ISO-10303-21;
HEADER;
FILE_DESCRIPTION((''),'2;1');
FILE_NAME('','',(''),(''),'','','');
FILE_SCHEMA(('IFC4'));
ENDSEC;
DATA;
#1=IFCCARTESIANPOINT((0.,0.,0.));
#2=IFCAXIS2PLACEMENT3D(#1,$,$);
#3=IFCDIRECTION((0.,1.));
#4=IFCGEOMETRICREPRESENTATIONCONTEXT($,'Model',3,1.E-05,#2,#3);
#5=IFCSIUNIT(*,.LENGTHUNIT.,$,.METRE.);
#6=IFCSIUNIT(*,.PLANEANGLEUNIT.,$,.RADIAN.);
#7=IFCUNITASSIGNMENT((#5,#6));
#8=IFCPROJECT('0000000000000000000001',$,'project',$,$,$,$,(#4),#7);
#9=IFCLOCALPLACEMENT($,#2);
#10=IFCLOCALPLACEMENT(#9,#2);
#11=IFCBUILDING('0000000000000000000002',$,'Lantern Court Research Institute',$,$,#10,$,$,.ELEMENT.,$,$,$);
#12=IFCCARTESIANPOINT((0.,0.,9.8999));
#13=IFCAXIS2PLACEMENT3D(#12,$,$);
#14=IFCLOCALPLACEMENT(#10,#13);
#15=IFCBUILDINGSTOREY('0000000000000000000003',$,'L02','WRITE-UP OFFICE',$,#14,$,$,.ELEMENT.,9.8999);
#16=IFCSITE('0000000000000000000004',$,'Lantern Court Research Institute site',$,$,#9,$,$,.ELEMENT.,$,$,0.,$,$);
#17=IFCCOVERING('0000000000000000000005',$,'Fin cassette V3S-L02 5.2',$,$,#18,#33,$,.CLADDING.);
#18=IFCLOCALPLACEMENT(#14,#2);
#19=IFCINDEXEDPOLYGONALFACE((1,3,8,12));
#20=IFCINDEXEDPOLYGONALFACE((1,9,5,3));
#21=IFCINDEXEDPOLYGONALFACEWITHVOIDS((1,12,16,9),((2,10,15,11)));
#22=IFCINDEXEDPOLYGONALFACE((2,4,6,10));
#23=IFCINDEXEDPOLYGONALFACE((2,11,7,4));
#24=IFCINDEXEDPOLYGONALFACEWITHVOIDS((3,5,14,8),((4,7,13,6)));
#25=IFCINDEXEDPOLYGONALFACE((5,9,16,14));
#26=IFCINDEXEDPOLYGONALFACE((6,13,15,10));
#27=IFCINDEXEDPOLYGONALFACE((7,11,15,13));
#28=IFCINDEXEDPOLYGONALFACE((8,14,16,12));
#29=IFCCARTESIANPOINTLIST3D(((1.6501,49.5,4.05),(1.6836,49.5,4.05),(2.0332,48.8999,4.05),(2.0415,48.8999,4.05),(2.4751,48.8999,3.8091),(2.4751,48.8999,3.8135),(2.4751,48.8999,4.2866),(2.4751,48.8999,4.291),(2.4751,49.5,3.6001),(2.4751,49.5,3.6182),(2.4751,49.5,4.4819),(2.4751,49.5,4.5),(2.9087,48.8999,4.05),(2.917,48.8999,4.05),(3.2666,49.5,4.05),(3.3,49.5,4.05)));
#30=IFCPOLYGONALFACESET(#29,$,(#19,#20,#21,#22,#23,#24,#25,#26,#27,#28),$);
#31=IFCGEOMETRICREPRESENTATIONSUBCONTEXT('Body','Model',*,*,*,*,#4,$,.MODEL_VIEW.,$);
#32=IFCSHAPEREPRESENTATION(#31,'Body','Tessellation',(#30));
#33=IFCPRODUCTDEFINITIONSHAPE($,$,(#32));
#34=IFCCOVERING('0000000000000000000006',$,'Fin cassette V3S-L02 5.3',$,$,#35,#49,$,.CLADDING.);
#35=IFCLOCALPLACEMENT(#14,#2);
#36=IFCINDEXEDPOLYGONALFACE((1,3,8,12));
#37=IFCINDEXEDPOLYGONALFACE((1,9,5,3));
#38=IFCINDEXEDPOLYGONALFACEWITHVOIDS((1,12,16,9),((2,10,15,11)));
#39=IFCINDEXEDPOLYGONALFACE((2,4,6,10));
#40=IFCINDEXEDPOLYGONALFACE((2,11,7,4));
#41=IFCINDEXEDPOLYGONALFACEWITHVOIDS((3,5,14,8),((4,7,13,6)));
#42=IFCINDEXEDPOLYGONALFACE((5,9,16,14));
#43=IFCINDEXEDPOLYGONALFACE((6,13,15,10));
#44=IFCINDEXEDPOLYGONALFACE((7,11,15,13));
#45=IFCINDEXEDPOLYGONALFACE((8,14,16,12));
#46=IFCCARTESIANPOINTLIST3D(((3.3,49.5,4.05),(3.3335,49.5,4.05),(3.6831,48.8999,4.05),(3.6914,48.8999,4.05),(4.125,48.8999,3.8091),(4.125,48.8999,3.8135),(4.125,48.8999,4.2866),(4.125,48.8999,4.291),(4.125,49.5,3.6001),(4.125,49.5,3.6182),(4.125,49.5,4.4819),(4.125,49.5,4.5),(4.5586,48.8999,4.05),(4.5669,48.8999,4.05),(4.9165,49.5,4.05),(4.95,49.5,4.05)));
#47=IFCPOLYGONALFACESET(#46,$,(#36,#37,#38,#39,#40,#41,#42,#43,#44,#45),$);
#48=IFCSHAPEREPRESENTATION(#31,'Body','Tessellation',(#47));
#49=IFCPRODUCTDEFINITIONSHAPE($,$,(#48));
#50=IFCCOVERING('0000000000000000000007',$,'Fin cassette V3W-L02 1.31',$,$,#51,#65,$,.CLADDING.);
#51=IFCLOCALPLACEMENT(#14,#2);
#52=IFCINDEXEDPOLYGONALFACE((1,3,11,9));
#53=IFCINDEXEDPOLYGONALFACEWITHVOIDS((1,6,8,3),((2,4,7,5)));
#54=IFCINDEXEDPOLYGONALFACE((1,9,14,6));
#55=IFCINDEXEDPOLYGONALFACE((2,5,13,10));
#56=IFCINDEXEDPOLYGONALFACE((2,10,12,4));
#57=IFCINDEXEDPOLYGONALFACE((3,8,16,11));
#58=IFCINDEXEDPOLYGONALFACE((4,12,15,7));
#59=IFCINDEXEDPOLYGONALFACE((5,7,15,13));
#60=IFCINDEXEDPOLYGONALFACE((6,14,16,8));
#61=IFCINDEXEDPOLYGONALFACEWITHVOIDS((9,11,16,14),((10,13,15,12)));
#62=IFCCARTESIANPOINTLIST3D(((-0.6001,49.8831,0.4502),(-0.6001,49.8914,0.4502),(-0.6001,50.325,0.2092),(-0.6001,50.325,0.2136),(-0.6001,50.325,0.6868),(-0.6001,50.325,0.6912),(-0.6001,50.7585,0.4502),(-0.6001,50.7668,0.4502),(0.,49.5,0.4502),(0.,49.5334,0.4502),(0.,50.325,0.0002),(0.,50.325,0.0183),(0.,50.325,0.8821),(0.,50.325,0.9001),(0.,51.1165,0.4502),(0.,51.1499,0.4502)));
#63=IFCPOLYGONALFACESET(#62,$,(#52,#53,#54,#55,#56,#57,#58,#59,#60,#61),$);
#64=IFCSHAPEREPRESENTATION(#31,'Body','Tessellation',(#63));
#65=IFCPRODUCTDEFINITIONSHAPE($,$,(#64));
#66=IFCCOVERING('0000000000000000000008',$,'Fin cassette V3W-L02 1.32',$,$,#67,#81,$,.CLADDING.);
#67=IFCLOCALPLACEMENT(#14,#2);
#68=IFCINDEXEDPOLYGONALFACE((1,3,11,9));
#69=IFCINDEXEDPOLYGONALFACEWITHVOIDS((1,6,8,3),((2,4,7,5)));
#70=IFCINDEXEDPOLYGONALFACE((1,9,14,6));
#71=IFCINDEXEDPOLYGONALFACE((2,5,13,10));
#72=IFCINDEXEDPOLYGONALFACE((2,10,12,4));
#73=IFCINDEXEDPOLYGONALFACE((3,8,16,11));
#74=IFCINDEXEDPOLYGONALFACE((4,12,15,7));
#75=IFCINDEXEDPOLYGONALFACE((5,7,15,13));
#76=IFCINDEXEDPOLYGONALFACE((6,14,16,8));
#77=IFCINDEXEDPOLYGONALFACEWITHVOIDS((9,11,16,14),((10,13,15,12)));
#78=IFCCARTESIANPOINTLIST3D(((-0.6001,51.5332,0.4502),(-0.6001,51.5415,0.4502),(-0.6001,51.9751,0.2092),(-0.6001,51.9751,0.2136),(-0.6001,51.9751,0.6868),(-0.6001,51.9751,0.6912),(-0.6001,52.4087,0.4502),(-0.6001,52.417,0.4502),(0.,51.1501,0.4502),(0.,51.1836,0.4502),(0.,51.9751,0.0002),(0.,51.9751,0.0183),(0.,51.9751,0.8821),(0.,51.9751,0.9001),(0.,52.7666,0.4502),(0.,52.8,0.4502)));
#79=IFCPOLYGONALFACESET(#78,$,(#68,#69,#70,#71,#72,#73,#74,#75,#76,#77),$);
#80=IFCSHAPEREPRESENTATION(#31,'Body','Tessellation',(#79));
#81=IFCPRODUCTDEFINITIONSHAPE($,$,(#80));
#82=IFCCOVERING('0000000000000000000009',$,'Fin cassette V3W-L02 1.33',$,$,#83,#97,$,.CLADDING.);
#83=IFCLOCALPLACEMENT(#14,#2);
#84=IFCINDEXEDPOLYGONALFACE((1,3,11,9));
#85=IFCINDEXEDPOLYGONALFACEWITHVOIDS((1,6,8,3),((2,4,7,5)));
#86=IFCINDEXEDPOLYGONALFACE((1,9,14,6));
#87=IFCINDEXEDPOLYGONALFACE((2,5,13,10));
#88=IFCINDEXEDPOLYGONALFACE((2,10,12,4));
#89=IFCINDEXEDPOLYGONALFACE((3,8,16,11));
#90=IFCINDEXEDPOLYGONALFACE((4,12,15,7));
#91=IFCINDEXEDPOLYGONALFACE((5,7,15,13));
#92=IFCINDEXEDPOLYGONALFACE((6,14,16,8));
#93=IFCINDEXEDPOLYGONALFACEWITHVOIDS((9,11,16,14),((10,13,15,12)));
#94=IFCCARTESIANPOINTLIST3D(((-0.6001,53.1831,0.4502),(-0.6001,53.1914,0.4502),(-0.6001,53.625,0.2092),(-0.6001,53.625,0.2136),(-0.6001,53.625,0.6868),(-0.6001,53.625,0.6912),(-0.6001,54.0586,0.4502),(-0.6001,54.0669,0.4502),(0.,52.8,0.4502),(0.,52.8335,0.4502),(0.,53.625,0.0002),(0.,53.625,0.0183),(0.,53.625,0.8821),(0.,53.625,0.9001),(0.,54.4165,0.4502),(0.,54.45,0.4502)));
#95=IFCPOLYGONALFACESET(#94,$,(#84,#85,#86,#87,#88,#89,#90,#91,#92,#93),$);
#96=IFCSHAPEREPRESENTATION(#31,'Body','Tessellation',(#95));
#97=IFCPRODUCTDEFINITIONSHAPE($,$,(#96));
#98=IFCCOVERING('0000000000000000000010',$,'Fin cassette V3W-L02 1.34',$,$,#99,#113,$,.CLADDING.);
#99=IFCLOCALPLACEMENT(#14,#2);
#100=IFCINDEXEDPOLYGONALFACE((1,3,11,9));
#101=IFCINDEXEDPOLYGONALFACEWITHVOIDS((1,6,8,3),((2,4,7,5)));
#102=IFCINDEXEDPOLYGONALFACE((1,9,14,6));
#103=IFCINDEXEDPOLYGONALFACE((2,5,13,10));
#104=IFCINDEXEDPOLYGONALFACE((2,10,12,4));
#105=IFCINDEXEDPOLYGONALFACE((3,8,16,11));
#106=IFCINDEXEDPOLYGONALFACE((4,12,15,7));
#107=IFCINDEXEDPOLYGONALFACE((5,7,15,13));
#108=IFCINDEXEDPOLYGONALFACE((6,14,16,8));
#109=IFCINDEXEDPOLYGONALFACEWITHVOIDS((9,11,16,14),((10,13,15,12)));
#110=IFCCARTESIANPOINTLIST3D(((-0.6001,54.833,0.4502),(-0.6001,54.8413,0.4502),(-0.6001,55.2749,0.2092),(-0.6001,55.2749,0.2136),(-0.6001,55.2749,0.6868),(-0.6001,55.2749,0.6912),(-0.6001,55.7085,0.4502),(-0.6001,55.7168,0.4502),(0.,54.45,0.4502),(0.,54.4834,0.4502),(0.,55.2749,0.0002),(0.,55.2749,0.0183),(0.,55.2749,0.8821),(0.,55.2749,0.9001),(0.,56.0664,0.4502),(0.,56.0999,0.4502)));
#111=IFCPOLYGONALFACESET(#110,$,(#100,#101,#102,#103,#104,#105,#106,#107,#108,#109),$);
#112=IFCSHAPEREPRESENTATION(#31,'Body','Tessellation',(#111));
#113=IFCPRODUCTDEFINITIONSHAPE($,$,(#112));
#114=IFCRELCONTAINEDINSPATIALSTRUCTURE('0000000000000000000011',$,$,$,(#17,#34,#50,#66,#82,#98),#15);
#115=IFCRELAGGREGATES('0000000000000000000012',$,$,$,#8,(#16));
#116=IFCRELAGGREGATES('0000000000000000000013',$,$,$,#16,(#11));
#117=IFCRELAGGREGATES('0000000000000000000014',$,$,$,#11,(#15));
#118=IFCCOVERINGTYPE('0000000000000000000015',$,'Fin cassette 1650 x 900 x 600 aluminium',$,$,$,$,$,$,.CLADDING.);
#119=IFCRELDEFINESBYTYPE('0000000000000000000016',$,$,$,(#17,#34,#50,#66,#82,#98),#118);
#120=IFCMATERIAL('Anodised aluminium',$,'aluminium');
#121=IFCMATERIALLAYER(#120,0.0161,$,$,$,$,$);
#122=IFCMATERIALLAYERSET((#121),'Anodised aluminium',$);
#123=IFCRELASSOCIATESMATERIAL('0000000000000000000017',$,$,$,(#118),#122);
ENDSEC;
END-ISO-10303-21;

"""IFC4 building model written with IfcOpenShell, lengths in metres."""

from ifc_helpers import new_model, entity, si_unit, direction, frame, origin, place, context, subcontext, project, spatial, material, layer, layer_set, type_object, element, save


model = new_model("IFC4")

# Units and contexts
model_context = context("Model", 3, precision=1e-05, world=origin(), true_north=direction((0.0, 1.0)))
body_context = subcontext(model_context, "Body", "Model", "MODEL_VIEW")
ifc_project = project(units=[si_unit("LENGTHUNIT", "METRE"), si_unit("PLANEANGLEUNIT", "RADIAN")], contexts=[model_context])

# Site, building, storey
site_placement = place(None, origin())
site = spatial("IfcSite", under=ifc_project, at=site_placement, Name="Lantern Court Research Institute site", CompositionType="ELEMENT", RefElevation=0.0)
building_placement = place(site_placement, origin())
building = spatial("IfcBuilding", under=site, at=building_placement, Name="Lantern Court Research Institute", CompositionType="ELEMENT")
storey_placement = place(building_placement, frame((0.0, 0.0, 9.8999)))
storey = spatial("IfcBuildingStorey", under=building, at=storey_placement, Name="L02", Description="WRITE-UP OFFICE", CompositionType="ELEMENT", Elevation=9.8999)

# Coverings
ifc_material_1 = material(Name="Anodised aluminium", Category="aluminium")
ifc_layer_1 = layer(ifc_material_1, 0.0161)
ifc_layer_set_1 = layer_set([ifc_layer_1], Name="Anodised aluminium")
covering_type = type_object("IfcCoveringType", Name="Fin cassette 1650 x 900 x 600 aluminium", PredefinedType="CLADDING", material=ifc_layer_set_1)
covering_1_placement = place(storey_placement, frame((2.4751, 49.5, 4.05), z_axis=(0.0, -1.0, 0.0), x_axis=(1.0, 0.0, 0.0)))
cartesian_point_1 = entity("IfcCartesianPoint", [0.825, 0.0])
cartesian_point_2 = entity("IfcCartesianPoint", [0.7915, 0.0])
cartesian_point_3 = entity("IfcCartesianPoint", [0.4419, 0.0])
cartesian_point_4 = entity("IfcCartesianPoint", [0.4336, 0.0])
element("IfcCovering", 1, at=covering_1_placement, inside=storey, type_object=covering_type, Name="Fin cassette V3S-L02 5.2", PredefinedType="CLADDING", context=body_context, shape_type="SweptSolid", body=[
    entity("IfcExtrudedAreaSolidTapered", entity("IfcArbitraryProfileDefWithVoids", "AREA", None, entity("IfcPolyline", [cartesian_point_1, entity("IfcCartesianPoint", [0.0, 0.45]), entity("IfcCartesianPoint", [-0.825, 0.0]), entity("IfcCartesianPoint", [0.0, -0.45]), cartesian_point_1]), [entity("IfcPolyline", [cartesian_point_2, entity("IfcCartesianPoint", [0.0, 0.4319]), entity("IfcCartesianPoint", [-0.7915, 0.0]), entity("IfcCartesianPoint", [0.0, -0.4319]), cartesian_point_2])]), entity("IfcAxis2Placement3D", entity("IfcCartesianPoint", [0.0, 0.0, 0.0])), entity("IfcDirection", [0.0, 0.0, 1.0]), 0.6001, entity("IfcArbitraryProfileDefWithVoids", "AREA", None, entity("IfcPolyline", [cartesian_point_3, entity("IfcCartesianPoint", [0.0, 0.241]), entity("IfcCartesianPoint", [-0.4419, 0.0]), entity("IfcCartesianPoint", [0.0, -0.241]), cartesian_point_3]), [entity("IfcPolyline", [cartesian_point_4, entity("IfcCartesianPoint", [0.0, 0.2366]), entity("IfcCartesianPoint", [-0.4336, 0.0]), entity("IfcCartesianPoint", [0.0, -0.2366]), cartesian_point_4])])),
])
covering_2_placement = place(storey_placement, frame((4.125, 49.5, 4.05), z_axis=(0.0, -1.0, 0.0), x_axis=(1.0, 0.0, 0.0)))
cartesian_point_5 = entity("IfcCartesianPoint", [0.825, 0.0])
cartesian_point_6 = entity("IfcCartesianPoint", [0.7915, 0.0])
cartesian_point_7 = entity("IfcCartesianPoint", [0.4419, 0.0])
cartesian_point_8 = entity("IfcCartesianPoint", [0.4336, 0.0])
element("IfcCovering", 2, at=covering_2_placement, inside=storey, type_object=covering_type, Name="Fin cassette V3S-L02 5.3", PredefinedType="CLADDING", context=body_context, shape_type="SweptSolid", body=[
    entity("IfcExtrudedAreaSolidTapered", entity("IfcArbitraryProfileDefWithVoids", "AREA", None, entity("IfcPolyline", [cartesian_point_5, entity("IfcCartesianPoint", [0.0, 0.45]), entity("IfcCartesianPoint", [-0.825, 0.0]), entity("IfcCartesianPoint", [0.0, -0.45]), cartesian_point_5]), [entity("IfcPolyline", [cartesian_point_6, entity("IfcCartesianPoint", [0.0, 0.4319]), entity("IfcCartesianPoint", [-0.7915, 0.0]), entity("IfcCartesianPoint", [0.0, -0.4319]), cartesian_point_6])]), entity("IfcAxis2Placement3D", entity("IfcCartesianPoint", [0.0, 0.0, 0.0])), entity("IfcDirection", [0.0, 0.0, 1.0]), 0.6001, entity("IfcArbitraryProfileDefWithVoids", "AREA", None, entity("IfcPolyline", [cartesian_point_7, entity("IfcCartesianPoint", [0.0, 0.241]), entity("IfcCartesianPoint", [-0.4419, 0.0]), entity("IfcCartesianPoint", [0.0, -0.241]), cartesian_point_7]), [entity("IfcPolyline", [cartesian_point_8, entity("IfcCartesianPoint", [0.0, 0.2366]), entity("IfcCartesianPoint", [-0.4336, 0.0]), entity("IfcCartesianPoint", [0.0, -0.2366]), cartesian_point_8])])),
])
covering_3_placement = place(storey_placement, frame((0.0, 50.325, 0.4502), z_axis=(-1.0, 0.0, 0.0), x_axis=(0.0, -1.0, 0.0)))
cartesian_point_9 = entity("IfcCartesianPoint", [0.825, 0.0])
cartesian_point_10 = entity("IfcCartesianPoint", [0.7915, 0.0])
cartesian_point_11 = entity("IfcCartesianPoint", [0.4419, 0.0])
cartesian_point_12 = entity("IfcCartesianPoint", [0.4336, 0.0])
element("IfcCovering", 3, at=covering_3_placement, inside=storey, type_object=covering_type, Name="Fin cassette V3W-L02 1.31", PredefinedType="CLADDING", context=body_context, shape_type="SweptSolid", body=[
    entity("IfcExtrudedAreaSolidTapered", entity("IfcArbitraryProfileDefWithVoids", "AREA", None, entity("IfcPolyline", [cartesian_point_9, entity("IfcCartesianPoint", [0.0, 0.45]), entity("IfcCartesianPoint", [-0.825, 0.0]), entity("IfcCartesianPoint", [0.0, -0.45]), cartesian_point_9]), [entity("IfcPolyline", [cartesian_point_10, entity("IfcCartesianPoint", [0.0, 0.4319]), entity("IfcCartesianPoint", [-0.7915, 0.0]), entity("IfcCartesianPoint", [0.0, -0.4319]), cartesian_point_10])]), entity("IfcAxis2Placement3D", entity("IfcCartesianPoint", [0.0, 0.0, 0.0])), entity("IfcDirection", [0.0, 0.0, 1.0]), 0.6001, entity("IfcArbitraryProfileDefWithVoids", "AREA", None, entity("IfcPolyline", [cartesian_point_11, entity("IfcCartesianPoint", [0.0, 0.241]), entity("IfcCartesianPoint", [-0.4419, 0.0]), entity("IfcCartesianPoint", [0.0, -0.241]), cartesian_point_11]), [entity("IfcPolyline", [cartesian_point_12, entity("IfcCartesianPoint", [0.0, 0.2366]), entity("IfcCartesianPoint", [-0.4336, 0.0]), entity("IfcCartesianPoint", [0.0, -0.2366]), cartesian_point_12])])),
])
covering_4_placement = place(storey_placement, frame((0.0, 51.9751, 0.4502), z_axis=(-1.0, 0.0, 0.0), x_axis=(0.0, -1.0, 0.0)))
cartesian_point_13 = entity("IfcCartesianPoint", [0.825, 0.0])
cartesian_point_14 = entity("IfcCartesianPoint", [0.7915, 0.0])
cartesian_point_15 = entity("IfcCartesianPoint", [0.4419, 0.0])
cartesian_point_16 = entity("IfcCartesianPoint", [0.4336, 0.0])
element("IfcCovering", 4, at=covering_4_placement, inside=storey, type_object=covering_type, Name="Fin cassette V3W-L02 1.32", PredefinedType="CLADDING", context=body_context, shape_type="SweptSolid", body=[
    entity("IfcExtrudedAreaSolidTapered", entity("IfcArbitraryProfileDefWithVoids", "AREA", None, entity("IfcPolyline", [cartesian_point_13, entity("IfcCartesianPoint", [0.0, 0.45]), entity("IfcCartesianPoint", [-0.825, 0.0]), entity("IfcCartesianPoint", [0.0, -0.45]), cartesian_point_13]), [entity("IfcPolyline", [cartesian_point_14, entity("IfcCartesianPoint", [0.0, 0.4319]), entity("IfcCartesianPoint", [-0.7915, 0.0]), entity("IfcCartesianPoint", [0.0, -0.4319]), cartesian_point_14])]), entity("IfcAxis2Placement3D", entity("IfcCartesianPoint", [0.0, 0.0, 0.0])), entity("IfcDirection", [0.0, 0.0, 1.0]), 0.6001, entity("IfcArbitraryProfileDefWithVoids", "AREA", None, entity("IfcPolyline", [cartesian_point_15, entity("IfcCartesianPoint", [0.0, 0.241]), entity("IfcCartesianPoint", [-0.4419, 0.0]), entity("IfcCartesianPoint", [0.0, -0.241]), cartesian_point_15]), [entity("IfcPolyline", [cartesian_point_16, entity("IfcCartesianPoint", [0.0, 0.2366]), entity("IfcCartesianPoint", [-0.4336, 0.0]), entity("IfcCartesianPoint", [0.0, -0.2366]), cartesian_point_16])])),
])
covering_5_placement = place(storey_placement, frame((0.0, 53.625, 0.4502), z_axis=(-1.0, 0.0, 0.0), x_axis=(0.0, -1.0, 0.0)))
cartesian_point_17 = entity("IfcCartesianPoint", [0.825, 0.0])
cartesian_point_18 = entity("IfcCartesianPoint", [0.7915, 0.0])
cartesian_point_19 = entity("IfcCartesianPoint", [0.4419, 0.0])
cartesian_point_20 = entity("IfcCartesianPoint", [0.4336, 0.0])
element("IfcCovering", 5, at=covering_5_placement, inside=storey, type_object=covering_type, Name="Fin cassette V3W-L02 1.33", PredefinedType="CLADDING", context=body_context, shape_type="SweptSolid", body=[
    entity("IfcExtrudedAreaSolidTapered", entity("IfcArbitraryProfileDefWithVoids", "AREA", None, entity("IfcPolyline", [cartesian_point_17, entity("IfcCartesianPoint", [0.0, 0.45]), entity("IfcCartesianPoint", [-0.825, 0.0]), entity("IfcCartesianPoint", [0.0, -0.45]), cartesian_point_17]), [entity("IfcPolyline", [cartesian_point_18, entity("IfcCartesianPoint", [0.0, 0.4319]), entity("IfcCartesianPoint", [-0.7915, 0.0]), entity("IfcCartesianPoint", [0.0, -0.4319]), cartesian_point_18])]), entity("IfcAxis2Placement3D", entity("IfcCartesianPoint", [0.0, 0.0, 0.0])), entity("IfcDirection", [0.0, 0.0, 1.0]), 0.6001, entity("IfcArbitraryProfileDefWithVoids", "AREA", None, entity("IfcPolyline", [cartesian_point_19, entity("IfcCartesianPoint", [0.0, 0.241]), entity("IfcCartesianPoint", [-0.4419, 0.0]), entity("IfcCartesianPoint", [0.0, -0.241]), cartesian_point_19]), [entity("IfcPolyline", [cartesian_point_20, entity("IfcCartesianPoint", [0.0, 0.2366]), entity("IfcCartesianPoint", [-0.4336, 0.0]), entity("IfcCartesianPoint", [0.0, -0.2366]), cartesian_point_20])])),
])
covering_6_placement = place(storey_placement, frame((0.0, 55.2749, 0.4502), z_axis=(-1.0, 0.0, 0.0), x_axis=(0.0, -1.0, 0.0)))
cartesian_point_21 = entity("IfcCartesianPoint", [0.825, 0.0])
cartesian_point_22 = entity("IfcCartesianPoint", [0.7915, 0.0])
cartesian_point_23 = entity("IfcCartesianPoint", [0.4419, 0.0])
cartesian_point_24 = entity("IfcCartesianPoint", [0.4336, 0.0])
element("IfcCovering", 6, at=covering_6_placement, inside=storey, type_object=covering_type, Name="Fin cassette V3W-L02 1.34", PredefinedType="CLADDING", context=body_context, shape_type="SweptSolid", body=[
    entity("IfcExtrudedAreaSolidTapered", entity("IfcArbitraryProfileDefWithVoids", "AREA", None, entity("IfcPolyline", [cartesian_point_21, entity("IfcCartesianPoint", [0.0, 0.45]), entity("IfcCartesianPoint", [-0.825, 0.0]), entity("IfcCartesianPoint", [0.0, -0.45]), cartesian_point_21]), [entity("IfcPolyline", [cartesian_point_22, entity("IfcCartesianPoint", [0.0, 0.4319]), entity("IfcCartesianPoint", [-0.7915, 0.0]), entity("IfcCartesianPoint", [0.0, -0.4319]), cartesian_point_22])]), entity("IfcAxis2Placement3D", entity("IfcCartesianPoint", [0.0, 0.0, 0.0])), entity("IfcDirection", [0.0, 0.0, 1.0]), 0.6001, entity("IfcArbitraryProfileDefWithVoids", "AREA", None, entity("IfcPolyline", [cartesian_point_23, entity("IfcCartesianPoint", [0.0, 0.241]), entity("IfcCartesianPoint", [-0.4419, 0.0]), entity("IfcCartesianPoint", [0.0, -0.241]), cartesian_point_23]), [entity("IfcPolyline", [cartesian_point_24, entity("IfcCartesianPoint", [0.0, 0.2366]), entity("IfcCartesianPoint", [-0.4336, 0.0]), entity("IfcCartesianPoint", [0.0, -0.2366]), cartesian_point_24])])),
])

save(model, "model.ifc")
